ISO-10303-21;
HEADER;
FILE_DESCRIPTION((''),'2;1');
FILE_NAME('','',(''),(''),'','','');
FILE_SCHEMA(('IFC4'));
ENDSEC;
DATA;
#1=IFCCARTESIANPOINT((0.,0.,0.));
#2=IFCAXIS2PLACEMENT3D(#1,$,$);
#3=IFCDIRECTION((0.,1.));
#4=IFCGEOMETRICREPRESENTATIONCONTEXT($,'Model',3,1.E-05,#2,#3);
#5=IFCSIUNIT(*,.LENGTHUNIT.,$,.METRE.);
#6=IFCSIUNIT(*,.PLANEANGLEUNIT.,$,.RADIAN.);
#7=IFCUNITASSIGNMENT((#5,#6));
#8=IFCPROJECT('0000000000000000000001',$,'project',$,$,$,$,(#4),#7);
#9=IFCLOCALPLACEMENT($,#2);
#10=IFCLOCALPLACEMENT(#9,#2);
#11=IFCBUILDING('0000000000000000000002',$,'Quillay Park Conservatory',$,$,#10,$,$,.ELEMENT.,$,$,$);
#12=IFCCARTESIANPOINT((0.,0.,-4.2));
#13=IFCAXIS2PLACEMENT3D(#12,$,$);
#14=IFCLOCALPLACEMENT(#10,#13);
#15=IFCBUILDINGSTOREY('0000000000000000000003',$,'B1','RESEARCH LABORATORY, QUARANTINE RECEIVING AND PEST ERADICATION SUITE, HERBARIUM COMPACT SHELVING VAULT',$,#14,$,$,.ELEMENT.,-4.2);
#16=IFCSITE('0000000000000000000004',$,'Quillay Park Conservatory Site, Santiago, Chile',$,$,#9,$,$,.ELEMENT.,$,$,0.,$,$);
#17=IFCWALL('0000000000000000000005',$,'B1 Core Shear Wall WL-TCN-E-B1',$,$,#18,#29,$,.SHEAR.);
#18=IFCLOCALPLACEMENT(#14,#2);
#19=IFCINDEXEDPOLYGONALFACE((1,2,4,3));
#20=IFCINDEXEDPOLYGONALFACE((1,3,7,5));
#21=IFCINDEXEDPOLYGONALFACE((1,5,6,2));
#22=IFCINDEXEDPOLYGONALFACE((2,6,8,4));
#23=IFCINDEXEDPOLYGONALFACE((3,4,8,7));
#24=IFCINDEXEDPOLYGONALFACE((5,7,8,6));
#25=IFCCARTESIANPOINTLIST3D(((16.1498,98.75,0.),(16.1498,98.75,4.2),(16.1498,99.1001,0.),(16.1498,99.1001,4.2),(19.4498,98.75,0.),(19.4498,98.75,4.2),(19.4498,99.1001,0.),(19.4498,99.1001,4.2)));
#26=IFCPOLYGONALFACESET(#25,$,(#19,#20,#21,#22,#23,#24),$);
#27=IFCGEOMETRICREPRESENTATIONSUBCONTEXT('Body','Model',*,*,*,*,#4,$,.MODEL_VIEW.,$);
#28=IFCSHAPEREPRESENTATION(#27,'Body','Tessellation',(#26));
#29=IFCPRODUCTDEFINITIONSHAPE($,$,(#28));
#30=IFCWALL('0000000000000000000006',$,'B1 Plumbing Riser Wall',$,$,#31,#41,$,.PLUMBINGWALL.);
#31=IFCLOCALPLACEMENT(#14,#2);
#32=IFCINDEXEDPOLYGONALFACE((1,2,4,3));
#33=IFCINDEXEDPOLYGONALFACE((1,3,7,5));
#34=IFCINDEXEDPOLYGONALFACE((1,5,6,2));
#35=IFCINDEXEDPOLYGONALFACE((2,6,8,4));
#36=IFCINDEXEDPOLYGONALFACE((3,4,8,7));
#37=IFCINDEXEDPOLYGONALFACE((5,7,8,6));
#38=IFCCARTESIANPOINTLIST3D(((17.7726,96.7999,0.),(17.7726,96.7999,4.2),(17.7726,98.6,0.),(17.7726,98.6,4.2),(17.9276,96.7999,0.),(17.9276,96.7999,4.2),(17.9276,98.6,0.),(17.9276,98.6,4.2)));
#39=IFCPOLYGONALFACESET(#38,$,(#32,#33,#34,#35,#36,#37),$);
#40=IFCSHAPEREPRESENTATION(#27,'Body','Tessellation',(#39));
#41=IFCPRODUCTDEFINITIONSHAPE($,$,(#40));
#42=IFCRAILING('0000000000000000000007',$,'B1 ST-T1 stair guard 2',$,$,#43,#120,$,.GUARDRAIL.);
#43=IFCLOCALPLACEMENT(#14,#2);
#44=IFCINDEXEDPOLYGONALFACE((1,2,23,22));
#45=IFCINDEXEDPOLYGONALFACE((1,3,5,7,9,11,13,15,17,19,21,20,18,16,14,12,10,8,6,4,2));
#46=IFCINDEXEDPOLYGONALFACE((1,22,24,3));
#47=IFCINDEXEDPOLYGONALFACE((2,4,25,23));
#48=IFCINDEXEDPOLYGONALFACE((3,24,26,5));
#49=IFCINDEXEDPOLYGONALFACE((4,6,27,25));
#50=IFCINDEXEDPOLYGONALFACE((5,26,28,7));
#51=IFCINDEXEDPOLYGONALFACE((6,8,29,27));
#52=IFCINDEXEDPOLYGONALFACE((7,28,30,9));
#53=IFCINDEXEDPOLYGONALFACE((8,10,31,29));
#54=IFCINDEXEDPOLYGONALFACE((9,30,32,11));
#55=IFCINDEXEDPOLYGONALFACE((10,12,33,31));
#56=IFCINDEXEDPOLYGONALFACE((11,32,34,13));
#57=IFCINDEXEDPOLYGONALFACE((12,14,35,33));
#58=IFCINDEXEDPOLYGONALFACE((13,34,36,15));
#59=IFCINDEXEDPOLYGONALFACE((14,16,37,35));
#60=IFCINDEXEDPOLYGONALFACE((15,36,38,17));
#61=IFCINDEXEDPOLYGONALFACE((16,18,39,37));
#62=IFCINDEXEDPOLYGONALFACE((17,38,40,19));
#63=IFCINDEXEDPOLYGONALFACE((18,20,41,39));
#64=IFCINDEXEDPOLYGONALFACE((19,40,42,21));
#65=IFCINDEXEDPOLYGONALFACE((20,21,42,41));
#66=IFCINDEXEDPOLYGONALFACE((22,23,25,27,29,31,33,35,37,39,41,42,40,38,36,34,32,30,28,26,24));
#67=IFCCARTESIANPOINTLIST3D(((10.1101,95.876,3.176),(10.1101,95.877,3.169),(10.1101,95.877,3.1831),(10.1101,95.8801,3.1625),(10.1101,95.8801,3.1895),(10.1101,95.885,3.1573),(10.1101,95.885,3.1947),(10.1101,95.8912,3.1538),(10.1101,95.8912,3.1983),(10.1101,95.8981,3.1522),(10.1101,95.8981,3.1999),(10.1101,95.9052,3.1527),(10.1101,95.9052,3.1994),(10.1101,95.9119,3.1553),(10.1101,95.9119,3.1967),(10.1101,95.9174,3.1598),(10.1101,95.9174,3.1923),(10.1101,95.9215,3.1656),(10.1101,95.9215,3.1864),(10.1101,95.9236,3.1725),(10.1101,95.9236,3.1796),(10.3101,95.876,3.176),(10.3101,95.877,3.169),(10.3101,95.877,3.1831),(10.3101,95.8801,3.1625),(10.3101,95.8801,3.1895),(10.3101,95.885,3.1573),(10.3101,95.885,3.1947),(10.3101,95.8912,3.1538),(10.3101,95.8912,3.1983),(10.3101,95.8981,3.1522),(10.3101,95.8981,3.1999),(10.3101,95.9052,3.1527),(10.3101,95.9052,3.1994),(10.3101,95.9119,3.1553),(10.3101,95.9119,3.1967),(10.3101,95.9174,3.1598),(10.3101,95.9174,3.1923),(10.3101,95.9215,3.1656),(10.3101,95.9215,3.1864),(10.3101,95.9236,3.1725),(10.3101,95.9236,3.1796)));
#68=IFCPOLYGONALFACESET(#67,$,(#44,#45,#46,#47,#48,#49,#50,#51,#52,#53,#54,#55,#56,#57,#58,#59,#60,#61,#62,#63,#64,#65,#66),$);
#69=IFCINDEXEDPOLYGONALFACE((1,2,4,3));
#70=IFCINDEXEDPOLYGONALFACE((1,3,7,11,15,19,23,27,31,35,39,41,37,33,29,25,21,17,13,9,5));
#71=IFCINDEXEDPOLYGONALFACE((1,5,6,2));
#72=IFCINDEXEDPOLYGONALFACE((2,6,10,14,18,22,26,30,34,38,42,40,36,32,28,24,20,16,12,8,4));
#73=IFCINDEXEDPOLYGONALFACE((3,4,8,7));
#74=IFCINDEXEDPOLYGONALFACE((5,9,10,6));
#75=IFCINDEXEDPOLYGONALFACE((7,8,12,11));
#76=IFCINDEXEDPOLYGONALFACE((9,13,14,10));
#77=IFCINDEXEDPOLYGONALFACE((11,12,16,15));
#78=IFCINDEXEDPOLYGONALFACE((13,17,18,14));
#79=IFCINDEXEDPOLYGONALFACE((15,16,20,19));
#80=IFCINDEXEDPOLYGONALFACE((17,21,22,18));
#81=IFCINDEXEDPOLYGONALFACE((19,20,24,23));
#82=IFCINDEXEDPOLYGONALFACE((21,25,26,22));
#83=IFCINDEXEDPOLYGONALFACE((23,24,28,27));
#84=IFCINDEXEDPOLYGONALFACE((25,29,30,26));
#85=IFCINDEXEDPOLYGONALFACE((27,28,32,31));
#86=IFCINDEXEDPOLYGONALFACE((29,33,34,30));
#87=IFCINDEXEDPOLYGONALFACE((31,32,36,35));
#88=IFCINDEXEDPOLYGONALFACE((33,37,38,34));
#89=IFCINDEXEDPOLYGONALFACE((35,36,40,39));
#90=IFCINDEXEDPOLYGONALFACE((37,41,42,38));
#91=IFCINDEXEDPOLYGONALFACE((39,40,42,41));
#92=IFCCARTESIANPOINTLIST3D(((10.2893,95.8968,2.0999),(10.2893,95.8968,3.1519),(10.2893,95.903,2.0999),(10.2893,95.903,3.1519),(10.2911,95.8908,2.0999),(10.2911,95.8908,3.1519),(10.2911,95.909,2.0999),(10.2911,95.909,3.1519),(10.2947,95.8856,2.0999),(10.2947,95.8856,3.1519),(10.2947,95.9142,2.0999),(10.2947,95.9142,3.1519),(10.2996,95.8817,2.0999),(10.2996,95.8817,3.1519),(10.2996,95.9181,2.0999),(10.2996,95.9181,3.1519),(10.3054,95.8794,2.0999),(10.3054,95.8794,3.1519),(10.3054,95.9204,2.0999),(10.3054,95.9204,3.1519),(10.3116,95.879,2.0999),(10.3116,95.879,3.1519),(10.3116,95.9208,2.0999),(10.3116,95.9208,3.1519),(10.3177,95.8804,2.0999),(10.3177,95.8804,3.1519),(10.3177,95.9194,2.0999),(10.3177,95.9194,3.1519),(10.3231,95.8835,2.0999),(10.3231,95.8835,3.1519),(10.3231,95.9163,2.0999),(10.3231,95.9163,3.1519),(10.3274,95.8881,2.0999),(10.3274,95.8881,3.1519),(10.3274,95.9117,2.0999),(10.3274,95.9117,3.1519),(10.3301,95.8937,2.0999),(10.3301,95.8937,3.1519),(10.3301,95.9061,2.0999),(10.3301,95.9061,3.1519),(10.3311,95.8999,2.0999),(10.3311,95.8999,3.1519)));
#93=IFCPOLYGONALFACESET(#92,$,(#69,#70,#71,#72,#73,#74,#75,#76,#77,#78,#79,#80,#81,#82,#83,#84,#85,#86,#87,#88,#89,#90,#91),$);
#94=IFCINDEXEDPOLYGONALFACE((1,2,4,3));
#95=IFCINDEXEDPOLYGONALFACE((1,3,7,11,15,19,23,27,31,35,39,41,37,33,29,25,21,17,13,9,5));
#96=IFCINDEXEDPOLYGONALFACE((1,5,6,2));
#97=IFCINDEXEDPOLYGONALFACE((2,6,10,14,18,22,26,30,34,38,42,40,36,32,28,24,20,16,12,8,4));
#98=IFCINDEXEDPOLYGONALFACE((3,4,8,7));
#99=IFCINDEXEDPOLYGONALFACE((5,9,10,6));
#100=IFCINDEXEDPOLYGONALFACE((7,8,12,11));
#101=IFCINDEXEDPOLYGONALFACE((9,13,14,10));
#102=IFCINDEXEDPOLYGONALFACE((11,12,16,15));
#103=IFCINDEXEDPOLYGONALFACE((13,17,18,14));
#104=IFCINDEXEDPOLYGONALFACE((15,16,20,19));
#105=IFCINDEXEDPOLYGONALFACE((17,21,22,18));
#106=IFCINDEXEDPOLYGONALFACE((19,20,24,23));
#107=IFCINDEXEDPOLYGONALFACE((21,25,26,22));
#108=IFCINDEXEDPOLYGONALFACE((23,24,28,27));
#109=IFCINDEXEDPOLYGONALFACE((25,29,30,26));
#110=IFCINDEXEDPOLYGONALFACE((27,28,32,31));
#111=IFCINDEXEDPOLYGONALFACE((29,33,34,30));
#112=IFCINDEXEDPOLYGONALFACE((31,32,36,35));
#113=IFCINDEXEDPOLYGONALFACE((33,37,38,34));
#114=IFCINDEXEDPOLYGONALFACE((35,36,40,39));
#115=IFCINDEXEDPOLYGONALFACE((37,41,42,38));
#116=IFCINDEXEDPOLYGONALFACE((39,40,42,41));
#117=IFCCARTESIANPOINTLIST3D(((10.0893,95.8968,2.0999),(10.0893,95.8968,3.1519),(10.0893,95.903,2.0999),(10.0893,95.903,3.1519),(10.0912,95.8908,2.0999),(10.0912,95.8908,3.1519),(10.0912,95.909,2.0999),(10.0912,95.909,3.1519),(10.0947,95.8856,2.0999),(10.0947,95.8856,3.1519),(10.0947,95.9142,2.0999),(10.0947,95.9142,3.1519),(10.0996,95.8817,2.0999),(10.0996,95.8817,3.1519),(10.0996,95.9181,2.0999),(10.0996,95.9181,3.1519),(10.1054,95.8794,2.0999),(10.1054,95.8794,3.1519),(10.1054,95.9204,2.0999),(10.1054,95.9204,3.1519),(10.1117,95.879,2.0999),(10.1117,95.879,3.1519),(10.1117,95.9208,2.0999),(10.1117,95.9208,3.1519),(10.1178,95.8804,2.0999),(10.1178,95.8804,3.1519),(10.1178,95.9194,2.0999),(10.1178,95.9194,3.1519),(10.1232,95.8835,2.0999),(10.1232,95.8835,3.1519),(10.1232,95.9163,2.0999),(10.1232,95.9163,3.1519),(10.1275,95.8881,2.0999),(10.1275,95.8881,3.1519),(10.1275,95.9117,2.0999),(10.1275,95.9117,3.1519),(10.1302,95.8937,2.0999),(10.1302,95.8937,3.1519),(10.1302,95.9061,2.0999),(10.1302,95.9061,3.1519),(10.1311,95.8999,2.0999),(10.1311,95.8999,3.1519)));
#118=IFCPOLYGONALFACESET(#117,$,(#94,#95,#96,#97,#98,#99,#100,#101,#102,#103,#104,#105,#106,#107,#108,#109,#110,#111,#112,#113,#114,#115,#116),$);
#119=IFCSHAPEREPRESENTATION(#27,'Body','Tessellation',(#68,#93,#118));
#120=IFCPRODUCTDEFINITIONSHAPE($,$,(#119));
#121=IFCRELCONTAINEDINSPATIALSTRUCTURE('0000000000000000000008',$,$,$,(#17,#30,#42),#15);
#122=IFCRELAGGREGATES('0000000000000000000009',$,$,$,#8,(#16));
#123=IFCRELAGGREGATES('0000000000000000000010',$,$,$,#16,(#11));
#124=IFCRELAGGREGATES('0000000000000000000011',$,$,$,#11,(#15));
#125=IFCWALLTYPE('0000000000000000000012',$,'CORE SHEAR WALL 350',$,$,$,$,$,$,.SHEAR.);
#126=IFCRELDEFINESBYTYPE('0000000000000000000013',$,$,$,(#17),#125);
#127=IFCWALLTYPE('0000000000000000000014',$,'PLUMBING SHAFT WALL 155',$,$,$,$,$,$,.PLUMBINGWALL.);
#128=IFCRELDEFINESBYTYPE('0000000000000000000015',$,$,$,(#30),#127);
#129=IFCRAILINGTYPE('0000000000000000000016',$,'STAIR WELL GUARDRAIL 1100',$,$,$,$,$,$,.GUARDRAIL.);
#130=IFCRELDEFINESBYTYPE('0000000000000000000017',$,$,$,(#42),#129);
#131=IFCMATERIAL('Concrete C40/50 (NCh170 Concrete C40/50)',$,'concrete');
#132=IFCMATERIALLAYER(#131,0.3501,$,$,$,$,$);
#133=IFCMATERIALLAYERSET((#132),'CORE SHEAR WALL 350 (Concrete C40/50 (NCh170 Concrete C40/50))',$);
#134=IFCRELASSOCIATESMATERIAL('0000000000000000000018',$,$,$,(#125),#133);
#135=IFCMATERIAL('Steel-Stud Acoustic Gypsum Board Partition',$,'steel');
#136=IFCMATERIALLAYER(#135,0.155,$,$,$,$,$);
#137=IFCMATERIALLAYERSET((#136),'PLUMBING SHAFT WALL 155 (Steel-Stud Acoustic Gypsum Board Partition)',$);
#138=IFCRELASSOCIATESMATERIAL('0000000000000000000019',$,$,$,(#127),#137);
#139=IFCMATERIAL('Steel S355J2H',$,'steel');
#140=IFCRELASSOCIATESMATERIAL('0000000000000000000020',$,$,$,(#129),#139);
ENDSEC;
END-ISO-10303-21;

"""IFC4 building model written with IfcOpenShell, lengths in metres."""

from ifc_helpers import new_model, si_unit, direction, frame, frame_2d, origin, origin_2d, place, context, subcontext, project, spatial, rectangle, circle, extrude, material, layer, layer_set, type_object, element, save


model = new_model("IFC4")

# Units and contexts
model_context = context("Model", 3, precision=1e-05, world=origin(), true_north=direction((0.0, 1.0)))
body_context = subcontext(model_context, "Body", "Model", "MODEL_VIEW")
ifc_project = project(units=[si_unit("LENGTHUNIT", "METRE"), si_unit("PLANEANGLEUNIT", "RADIAN")], contexts=[model_context])

# Site, building, storey
site_placement = place(None, origin())
site = spatial("IfcSite", under=ifc_project, at=site_placement, Name="Quillay Park Conservatory Site, Santiago, Chile", CompositionType="ELEMENT", RefElevation=0.0)
building_placement = place(site_placement, origin())
building = spatial("IfcBuilding", under=site, at=building_placement, Name="Quillay Park Conservatory", CompositionType="ELEMENT")
storey_placement = place(building_placement, frame((0.0, 0.0, -4.2)))
storey = spatial("IfcBuildingStorey", under=building, at=storey_placement, Name="B1", Description="RESEARCH LABORATORY, QUARANTINE RECEIVING AND PEST ERADICATION SUITE, HERBARIUM COMPACT SHELVING VAULT", CompositionType="ELEMENT", Elevation=-4.2)

# Walls
ifc_material_1 = material(Name="Concrete C40/50 (NCh170 Concrete C40/50)", Category="concrete")
ifc_layer_1 = layer(ifc_material_1, 0.3501)
ifc_layer_set_1 = layer_set([ifc_layer_1], Name="CORE SHEAR WALL 350 (Concrete C40/50 (NCh170 Concrete C40/50))")
wall_type_1 = type_object("IfcWallType", Name="CORE SHEAR WALL 350", PredefinedType="SHEAR", material=ifc_layer_set_1)
wall_1_placement = place(storey_placement, frame((16.1499, 98.925, 0.0), z_axis=(0.0, 0.0, 1.0), x_axis=(1.0, 0.0, 0.0)))
element("IfcWall", 1, at=wall_1_placement, inside=storey, type_object=wall_type_1, Name="B1 Core Shear Wall WL-TCN-E-B1", PredefinedType="SHEAR", context=body_context, shape_type="SweptSolid", body=[
    extrude(rectangle(XDim=3.3, YDim=0.3501, at=frame_2d((1.6499, 0.0))), origin(), (0.0, 0.0, 1.0), 4.2),
])
ifc_material_2 = material(Name="Steel-Stud Acoustic Gypsum Board Partition", Category="steel")
ifc_layer_2 = layer(ifc_material_2, 0.155)
ifc_layer_set_2 = layer_set([ifc_layer_2], Name="PLUMBING SHAFT WALL 155 (Steel-Stud Acoustic Gypsum Board Partition)")
wall_type_2 = type_object("IfcWallType", Name="PLUMBING SHAFT WALL 155", PredefinedType="PLUMBINGWALL", material=ifc_layer_set_2)
wall_2_placement = place(storey_placement, frame((17.8501, 96.8, 0.0), z_axis=(0.0, 0.0, 1.0), x_axis=(0.0, 1.0, 0.0)))
element("IfcWall", 2, at=wall_2_placement, inside=storey, type_object=wall_type_2, Name="B1 Plumbing Riser Wall", PredefinedType="PLUMBINGWALL", context=body_context, shape_type="SweptSolid", body=[
    extrude(rectangle(XDim=1.8, YDim=0.155, at=frame_2d((0.8999, 0.0))), origin(), (0.0, 0.0, 1.0), 4.2),
])

# Railing
ifc_material_3 = material(Name="Steel S355J2H", Category="steel")
railing_type = type_object("IfcRailingType", Name="STAIR WELL GUARDRAIL 1100", PredefinedType="GUARDRAIL", material=ifc_material_3)
railing_placement = place(storey_placement, frame((10.3101, 95.8999, 2.0999)))
element("IfcRailing", 3, at=railing_placement, inside=storey, type_object=railing_type, Name="B1 ST-T1 stair guard 2", PredefinedType="GUARDRAIL", context=body_context, shape_type="SweptSolid", body=[
    extrude(circle(Radius=0.0239, at=origin_2d()), frame((0.0, 0.0, 1.0762), z_axis=(-1.0, 0.0, 0.0), x_axis=(0.0, -1.0, 0.0)), (0.0, 0.0, 1.0), 0.2),
    extrude(circle(Radius=0.021, at=origin_2d()), origin(), (0.0, 0.0, 1.0), 1.052),
    extrude(circle(Radius=0.021, at=origin_2d()), frame((-0.2, 0.0, 0.0)), (0.0, 0.0, 1.0), 1.052),
])

save(model, "model.ifc")
